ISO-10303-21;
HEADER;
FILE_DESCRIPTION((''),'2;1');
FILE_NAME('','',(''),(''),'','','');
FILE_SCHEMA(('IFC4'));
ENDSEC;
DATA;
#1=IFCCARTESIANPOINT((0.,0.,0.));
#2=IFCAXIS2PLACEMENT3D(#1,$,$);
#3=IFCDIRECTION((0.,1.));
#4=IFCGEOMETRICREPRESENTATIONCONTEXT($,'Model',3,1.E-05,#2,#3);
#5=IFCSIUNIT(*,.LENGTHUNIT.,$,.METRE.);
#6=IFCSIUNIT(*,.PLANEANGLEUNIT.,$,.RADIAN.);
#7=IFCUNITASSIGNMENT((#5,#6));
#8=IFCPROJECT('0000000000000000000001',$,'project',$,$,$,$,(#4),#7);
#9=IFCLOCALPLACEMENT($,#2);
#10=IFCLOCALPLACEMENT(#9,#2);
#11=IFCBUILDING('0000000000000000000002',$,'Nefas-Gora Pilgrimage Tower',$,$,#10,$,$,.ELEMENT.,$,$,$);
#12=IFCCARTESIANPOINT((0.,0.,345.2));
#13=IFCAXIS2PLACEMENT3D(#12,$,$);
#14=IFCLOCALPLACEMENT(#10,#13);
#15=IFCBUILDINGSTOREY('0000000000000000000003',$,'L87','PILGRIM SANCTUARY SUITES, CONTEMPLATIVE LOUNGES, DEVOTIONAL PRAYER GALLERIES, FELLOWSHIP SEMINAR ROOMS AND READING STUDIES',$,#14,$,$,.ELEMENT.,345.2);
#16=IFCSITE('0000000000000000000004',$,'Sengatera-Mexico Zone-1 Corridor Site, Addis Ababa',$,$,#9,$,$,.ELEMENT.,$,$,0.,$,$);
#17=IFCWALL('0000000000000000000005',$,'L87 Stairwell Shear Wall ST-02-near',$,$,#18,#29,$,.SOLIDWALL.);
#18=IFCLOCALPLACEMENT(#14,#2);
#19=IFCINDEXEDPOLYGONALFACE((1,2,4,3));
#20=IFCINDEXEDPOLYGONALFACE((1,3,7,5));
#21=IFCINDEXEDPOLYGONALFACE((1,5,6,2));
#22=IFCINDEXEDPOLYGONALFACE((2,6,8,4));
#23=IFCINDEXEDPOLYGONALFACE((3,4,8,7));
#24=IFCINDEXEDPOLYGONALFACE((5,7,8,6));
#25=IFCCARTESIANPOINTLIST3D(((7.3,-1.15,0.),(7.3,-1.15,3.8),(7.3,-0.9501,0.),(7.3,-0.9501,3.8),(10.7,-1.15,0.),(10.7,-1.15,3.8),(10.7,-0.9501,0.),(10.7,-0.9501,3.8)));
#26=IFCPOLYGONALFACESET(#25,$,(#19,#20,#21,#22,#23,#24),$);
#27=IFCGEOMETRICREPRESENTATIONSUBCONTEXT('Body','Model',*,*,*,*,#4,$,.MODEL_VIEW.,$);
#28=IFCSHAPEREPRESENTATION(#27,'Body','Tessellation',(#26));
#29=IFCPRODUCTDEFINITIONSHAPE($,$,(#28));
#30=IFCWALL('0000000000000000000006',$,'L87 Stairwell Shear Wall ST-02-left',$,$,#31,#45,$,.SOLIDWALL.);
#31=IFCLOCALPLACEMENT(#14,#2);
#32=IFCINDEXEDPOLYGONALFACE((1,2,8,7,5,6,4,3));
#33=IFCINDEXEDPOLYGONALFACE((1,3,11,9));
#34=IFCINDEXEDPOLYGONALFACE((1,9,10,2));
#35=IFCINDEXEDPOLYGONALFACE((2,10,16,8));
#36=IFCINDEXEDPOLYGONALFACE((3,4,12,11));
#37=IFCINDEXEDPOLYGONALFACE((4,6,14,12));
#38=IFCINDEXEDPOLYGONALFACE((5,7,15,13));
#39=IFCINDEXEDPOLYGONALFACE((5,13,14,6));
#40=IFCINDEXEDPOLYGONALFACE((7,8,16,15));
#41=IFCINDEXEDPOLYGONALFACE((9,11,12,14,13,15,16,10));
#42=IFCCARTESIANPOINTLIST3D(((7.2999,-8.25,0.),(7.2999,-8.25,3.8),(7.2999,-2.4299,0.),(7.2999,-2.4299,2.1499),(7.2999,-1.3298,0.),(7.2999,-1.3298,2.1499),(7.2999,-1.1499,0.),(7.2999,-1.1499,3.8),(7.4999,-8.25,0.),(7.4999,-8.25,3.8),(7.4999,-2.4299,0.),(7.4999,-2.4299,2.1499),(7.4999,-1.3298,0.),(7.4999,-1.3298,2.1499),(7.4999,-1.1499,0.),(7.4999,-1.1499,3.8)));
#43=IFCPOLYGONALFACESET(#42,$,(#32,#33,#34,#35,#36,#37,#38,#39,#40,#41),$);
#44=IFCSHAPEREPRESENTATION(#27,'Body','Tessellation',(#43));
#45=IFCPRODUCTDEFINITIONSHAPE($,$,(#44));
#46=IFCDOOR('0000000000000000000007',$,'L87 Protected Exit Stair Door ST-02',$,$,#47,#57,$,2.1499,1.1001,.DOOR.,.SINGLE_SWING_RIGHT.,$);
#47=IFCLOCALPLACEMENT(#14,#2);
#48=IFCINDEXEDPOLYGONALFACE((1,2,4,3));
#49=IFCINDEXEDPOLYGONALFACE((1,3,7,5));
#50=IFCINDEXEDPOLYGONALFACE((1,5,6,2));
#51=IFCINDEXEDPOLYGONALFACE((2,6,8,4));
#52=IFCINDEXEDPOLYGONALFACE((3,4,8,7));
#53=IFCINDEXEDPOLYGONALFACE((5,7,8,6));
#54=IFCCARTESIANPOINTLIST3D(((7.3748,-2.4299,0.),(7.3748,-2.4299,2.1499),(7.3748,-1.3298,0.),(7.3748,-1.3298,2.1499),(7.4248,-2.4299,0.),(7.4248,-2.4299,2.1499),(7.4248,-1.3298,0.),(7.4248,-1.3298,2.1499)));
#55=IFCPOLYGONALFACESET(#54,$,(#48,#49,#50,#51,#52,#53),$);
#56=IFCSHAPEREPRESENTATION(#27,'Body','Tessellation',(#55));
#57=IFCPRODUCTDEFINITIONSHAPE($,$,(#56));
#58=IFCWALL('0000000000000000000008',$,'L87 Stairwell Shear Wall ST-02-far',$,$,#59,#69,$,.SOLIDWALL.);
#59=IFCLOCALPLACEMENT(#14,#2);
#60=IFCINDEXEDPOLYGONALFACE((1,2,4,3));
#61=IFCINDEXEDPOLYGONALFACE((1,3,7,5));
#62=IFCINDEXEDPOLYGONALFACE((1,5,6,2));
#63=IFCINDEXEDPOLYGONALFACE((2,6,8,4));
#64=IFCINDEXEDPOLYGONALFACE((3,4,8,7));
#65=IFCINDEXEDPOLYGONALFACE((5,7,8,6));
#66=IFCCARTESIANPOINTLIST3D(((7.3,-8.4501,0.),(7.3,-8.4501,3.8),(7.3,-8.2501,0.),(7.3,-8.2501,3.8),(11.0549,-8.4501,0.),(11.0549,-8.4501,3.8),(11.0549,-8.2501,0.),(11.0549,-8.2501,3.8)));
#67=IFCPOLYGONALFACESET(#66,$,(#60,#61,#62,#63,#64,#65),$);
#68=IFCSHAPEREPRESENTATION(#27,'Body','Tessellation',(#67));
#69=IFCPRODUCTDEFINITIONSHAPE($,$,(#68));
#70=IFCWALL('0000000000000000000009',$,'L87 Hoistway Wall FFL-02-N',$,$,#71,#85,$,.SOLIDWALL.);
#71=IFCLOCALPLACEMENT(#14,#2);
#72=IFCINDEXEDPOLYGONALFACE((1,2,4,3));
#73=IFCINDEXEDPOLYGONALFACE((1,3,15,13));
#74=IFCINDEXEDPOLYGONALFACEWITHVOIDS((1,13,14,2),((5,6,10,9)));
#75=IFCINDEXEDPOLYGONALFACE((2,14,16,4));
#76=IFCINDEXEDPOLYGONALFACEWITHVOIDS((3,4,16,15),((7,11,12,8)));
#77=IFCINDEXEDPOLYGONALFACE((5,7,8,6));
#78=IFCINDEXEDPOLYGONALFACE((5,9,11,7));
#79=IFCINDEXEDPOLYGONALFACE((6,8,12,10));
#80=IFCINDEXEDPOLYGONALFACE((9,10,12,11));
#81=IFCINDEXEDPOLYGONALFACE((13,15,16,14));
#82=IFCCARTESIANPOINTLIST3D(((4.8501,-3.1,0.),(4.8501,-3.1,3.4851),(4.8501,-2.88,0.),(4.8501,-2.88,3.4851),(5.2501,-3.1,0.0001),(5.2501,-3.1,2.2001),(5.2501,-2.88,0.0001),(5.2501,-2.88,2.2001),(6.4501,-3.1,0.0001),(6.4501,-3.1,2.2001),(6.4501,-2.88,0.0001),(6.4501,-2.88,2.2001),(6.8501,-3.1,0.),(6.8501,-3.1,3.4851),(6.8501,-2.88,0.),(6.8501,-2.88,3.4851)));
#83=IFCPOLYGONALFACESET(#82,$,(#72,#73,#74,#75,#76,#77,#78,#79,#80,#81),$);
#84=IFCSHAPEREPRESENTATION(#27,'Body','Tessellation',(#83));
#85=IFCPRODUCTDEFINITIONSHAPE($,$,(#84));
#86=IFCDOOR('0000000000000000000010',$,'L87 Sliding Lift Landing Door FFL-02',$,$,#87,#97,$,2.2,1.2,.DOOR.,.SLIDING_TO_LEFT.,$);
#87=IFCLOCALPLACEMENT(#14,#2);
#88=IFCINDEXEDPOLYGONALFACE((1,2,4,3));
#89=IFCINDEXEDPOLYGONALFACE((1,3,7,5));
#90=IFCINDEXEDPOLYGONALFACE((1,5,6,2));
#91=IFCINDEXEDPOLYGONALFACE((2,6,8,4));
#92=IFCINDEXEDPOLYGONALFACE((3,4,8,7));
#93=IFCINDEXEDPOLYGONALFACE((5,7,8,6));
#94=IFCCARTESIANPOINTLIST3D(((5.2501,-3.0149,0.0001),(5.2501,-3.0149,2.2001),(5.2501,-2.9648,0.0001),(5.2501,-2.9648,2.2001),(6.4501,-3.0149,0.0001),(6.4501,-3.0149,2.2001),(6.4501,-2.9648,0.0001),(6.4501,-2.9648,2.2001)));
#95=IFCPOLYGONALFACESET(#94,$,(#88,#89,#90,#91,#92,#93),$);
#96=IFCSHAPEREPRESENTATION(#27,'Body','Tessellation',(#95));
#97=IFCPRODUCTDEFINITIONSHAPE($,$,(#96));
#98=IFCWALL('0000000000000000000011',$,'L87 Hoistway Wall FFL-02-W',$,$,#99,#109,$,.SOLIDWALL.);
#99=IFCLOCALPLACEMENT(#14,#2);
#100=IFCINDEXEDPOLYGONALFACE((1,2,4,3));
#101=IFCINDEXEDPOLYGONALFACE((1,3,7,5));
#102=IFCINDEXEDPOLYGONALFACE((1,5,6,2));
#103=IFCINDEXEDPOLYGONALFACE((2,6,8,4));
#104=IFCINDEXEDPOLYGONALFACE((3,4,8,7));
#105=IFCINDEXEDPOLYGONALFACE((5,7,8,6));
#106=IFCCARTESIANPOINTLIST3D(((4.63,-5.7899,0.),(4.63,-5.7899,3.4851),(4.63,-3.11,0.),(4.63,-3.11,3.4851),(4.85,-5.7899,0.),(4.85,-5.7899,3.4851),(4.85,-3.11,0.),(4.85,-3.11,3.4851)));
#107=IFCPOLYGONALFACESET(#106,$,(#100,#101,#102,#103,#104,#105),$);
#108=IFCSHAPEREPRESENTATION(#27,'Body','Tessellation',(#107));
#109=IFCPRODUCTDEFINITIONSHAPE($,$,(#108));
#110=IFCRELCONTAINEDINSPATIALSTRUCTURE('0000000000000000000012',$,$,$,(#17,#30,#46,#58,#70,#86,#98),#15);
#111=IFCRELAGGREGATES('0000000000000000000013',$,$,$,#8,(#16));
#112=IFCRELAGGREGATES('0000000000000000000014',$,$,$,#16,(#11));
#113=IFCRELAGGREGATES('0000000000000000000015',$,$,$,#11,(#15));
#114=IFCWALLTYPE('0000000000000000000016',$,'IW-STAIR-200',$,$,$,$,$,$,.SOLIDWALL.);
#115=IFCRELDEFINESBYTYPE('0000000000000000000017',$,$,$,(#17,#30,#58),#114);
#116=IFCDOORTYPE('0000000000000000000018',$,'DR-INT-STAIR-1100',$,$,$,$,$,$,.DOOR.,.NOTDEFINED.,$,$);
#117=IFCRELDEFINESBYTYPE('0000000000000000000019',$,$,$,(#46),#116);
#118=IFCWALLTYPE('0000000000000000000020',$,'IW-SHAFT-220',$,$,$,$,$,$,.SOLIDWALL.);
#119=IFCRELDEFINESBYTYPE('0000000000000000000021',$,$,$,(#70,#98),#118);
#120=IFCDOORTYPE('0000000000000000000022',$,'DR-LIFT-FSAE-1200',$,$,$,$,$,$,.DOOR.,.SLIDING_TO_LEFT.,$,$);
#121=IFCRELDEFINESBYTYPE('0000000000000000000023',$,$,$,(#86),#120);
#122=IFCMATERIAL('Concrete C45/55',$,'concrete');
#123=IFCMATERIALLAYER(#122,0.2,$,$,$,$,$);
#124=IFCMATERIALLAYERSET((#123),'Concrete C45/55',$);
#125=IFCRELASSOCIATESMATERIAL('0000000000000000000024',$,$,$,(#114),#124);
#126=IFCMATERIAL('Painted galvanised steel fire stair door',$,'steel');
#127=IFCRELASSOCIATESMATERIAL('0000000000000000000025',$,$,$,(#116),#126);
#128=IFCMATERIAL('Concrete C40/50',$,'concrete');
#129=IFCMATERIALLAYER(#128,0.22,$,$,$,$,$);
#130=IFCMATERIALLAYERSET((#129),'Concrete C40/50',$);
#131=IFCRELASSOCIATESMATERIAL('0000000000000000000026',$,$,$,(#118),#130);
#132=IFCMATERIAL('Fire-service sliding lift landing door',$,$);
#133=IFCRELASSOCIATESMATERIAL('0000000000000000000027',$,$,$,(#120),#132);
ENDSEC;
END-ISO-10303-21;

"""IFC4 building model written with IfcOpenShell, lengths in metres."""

from ifc_helpers import new_model, si_unit, direction, frame, frame_2d, origin, place, context, subcontext, project, spatial, rectangle, extrude, source, transform, mapped, material, layer, layer_set, type_object, element, fill, save


model = new_model("IFC4")

# Units and contexts
model_context = context("Model", 3, precision=1e-05, world=origin(), true_north=direction((0.0, 1.0)))
body_context = subcontext(model_context, "Body", "Model", "MODEL_VIEW")
ifc_project = project(units=[si_unit("LENGTHUNIT", "METRE"), si_unit("PLANEANGLEUNIT", "RADIAN")], contexts=[model_context])

# Site, building, storey
site_placement = place(None, origin())
site = spatial("IfcSite", under=ifc_project, at=site_placement, Name="Sengatera-Mexico Zone-1 Corridor Site, Addis Ababa", CompositionType="ELEMENT", RefElevation=0.0)
building_placement = place(site_placement, origin())
building = spatial("IfcBuilding", under=site, at=building_placement, Name="Nefas-Gora Pilgrimage Tower", CompositionType="ELEMENT")
storey_placement = place(building_placement, frame((0.0, 0.0, 345.2)))
storey = spatial("IfcBuildingStorey", under=building, at=storey_placement, Name="L87", Description="PILGRIM SANCTUARY SUITES, CONTEMPLATIVE LOUNGES, DEVOTIONAL PRAYER GALLERIES, FELLOWSHIP SEMINAR ROOMS AND READING STUDIES", CompositionType="ELEMENT", Elevation=345.2)

# Wall
ifc_material_1 = material(Name="Concrete C45/55", Category="concrete")
ifc_layer_1 = layer(ifc_material_1, 0.2)
ifc_layer_set_1 = layer_set([ifc_layer_1], Name="Concrete C45/55")
wall_type_1 = type_object("IfcWallType", Name="IW-STAIR-200", PredefinedType="SOLIDWALL", material=ifc_layer_set_1)
shared_shape_1 = source(origin(), body_context, "Body", "SweptSolid", [
    extrude(rectangle(XDim=3.3999, YDim=0.2, at=frame_2d((1.7, 0.0))), origin(), (0.0, 0.0, 1.0), 3.8),
])
wall_1_placement = place(storey_placement, frame((7.3, -1.05, 0.0), z_axis=(0.0, 0.0, 1.0), x_axis=(1.0, 0.0, 0.0)))
element("IfcWall", 1, at=wall_1_placement, inside=storey, type_object=wall_type_1, Name="L87 Stairwell Shear Wall ST-02-near", PredefinedType="SOLIDWALL", context=body_context, shape_type="MappedRepresentation", body=[
    mapped(shared_shape_1, transform((0.0, 0.0, 0.0), x_axis=(1.0, 0.0, 0.0), y_axis=(0.0, 1.0, 0.0), z_axis=(0.0, 0.0, 1.0), scale=1.0)),
])

# Wall, opening, door
shared_shape_2 = source(origin(), body_context, "Body", "SweptSolid", [
    extrude(rectangle(XDim=7.1001, YDim=0.2, at=frame_2d((3.55, 0.0))), origin(), (0.0, 0.0, 1.0), 3.8),
])
wall_2_placement = place(storey_placement, frame((7.3999, -1.1499, 0.0), z_axis=(0.0, 0.0, 1.0), x_axis=(0.0, -1.0, 0.0)))
wall_2 = element("IfcWall", 2, at=wall_2_placement, inside=storey, type_object=wall_type_1, Name="L87 Stairwell Shear Wall ST-02-left", PredefinedType="SOLIDWALL", context=body_context, shape_type="MappedRepresentation", body=[
    mapped(shared_shape_2, transform((0.0, 0.0, 0.0), x_axis=(1.0, 0.0, 0.0), y_axis=(0.0, 1.0, 0.0), z_axis=(0.0, 0.0, 1.0), scale=1.0)),
])
opening_1_placement = place(wall_2_placement, frame((0.1799, 0.0, 0.0)))
opening_1 = element("IfcOpeningElement", 3, at=opening_1_placement, cuts=wall_2, PredefinedType="OPENING", context=body_context, shape_type="SweptSolid", body=[
    extrude(rectangle(XDim=1.1001, YDim=2.1499, at=frame_2d((0.55, 1.075))), frame((0.0, 0.1099, 0.0), z_axis=(0.0, -1.0, 0.0), x_axis=(1.0, 0.0, 0.0)), (0.0, 0.0, 1.0), 0.22),
])
ifc_material_2 = material(Name="Painted galvanised steel fire stair door", Category="steel")
door_type_1 = type_object("IfcDoorType", Name="DR-INT-STAIR-1100", OperationType="NOTDEFINED", PredefinedType="DOOR", material=ifc_material_2)
shared_shape_3 = source(origin(), body_context, "Body", "SweptSolid", [
    extrude(rectangle(XDim=1.1001, YDim=2.1499, at=frame_2d((0.55, 1.075))), frame((0.0, 0.0249, 0.0), z_axis=(0.0, -1.0, 0.0), x_axis=(1.0, 0.0, 0.0)), (0.0, 0.0, 1.0), 0.05),
])
door_1_placement = place(opening_1_placement, origin())
door_1 = element("IfcDoor", 4, at=door_1_placement, inside=storey, type_object=door_type_1, Name="L87 Protected Exit Stair Door ST-02", OperationType="SINGLE_SWING_RIGHT", OverallHeight=2.1499, OverallWidth=1.1001, PredefinedType="DOOR", context=body_context, shape_type="MappedRepresentation", body=[
    mapped(shared_shape_3, transform((0.0, 0.0, 0.0), x_axis=(1.0, 0.0, 0.0), y_axis=(0.0, 1.0, 0.0), z_axis=(0.0, 0.0, 1.0), scale=1.0)),
])
fill(opening_1, door_1)

# Wall
shared_shape_4 = source(origin(), body_context, "Body", "SweptSolid", [
    extrude(rectangle(XDim=3.7549, YDim=0.2, at=frame_2d((1.8774, 0.0))), origin(), (0.0, 0.0, 1.0), 3.8),
])
wall_3_placement = place(storey_placement, frame((7.3, -8.3501, 0.0), z_axis=(0.0, 0.0, 1.0), x_axis=(1.0, 0.0, 0.0)))
element("IfcWall", 5, at=wall_3_placement, inside=storey, type_object=wall_type_1, Name="L87 Stairwell Shear Wall ST-02-far", PredefinedType="SOLIDWALL", context=body_context, shape_type="MappedRepresentation", body=[
    mapped(shared_shape_4, transform((0.0, 0.0, 0.0), x_axis=(1.0, 0.0, 0.0), y_axis=(0.0, 1.0, 0.0), z_axis=(0.0, 0.0, 1.0), scale=1.0)),
])

# Wall, opening, door
ifc_material_3 = material(Name="Concrete C40/50", Category="concrete")
ifc_layer_2 = layer(ifc_material_3, 0.22)
ifc_layer_set_2 = layer_set([ifc_layer_2], Name="Concrete C40/50")
wall_type_2 = type_object("IfcWallType", Name="IW-SHAFT-220", PredefinedType="SOLIDWALL", material=ifc_layer_set_2)
shared_shape_5 = source(origin(), body_context, "Body", "SweptSolid", [
    extrude(rectangle(XDim=2.0, YDim=0.22, at=frame_2d((1.0, 0.0))), origin(), (0.0, 0.0, 1.0), 3.4851),
])
wall_4_placement = place(storey_placement, frame((6.8501, -2.99, 0.0), z_axis=(0.0, 0.0, 1.0), x_axis=(-1.0, 0.0, 0.0)))
wall_4 = element("IfcWall", 6, at=wall_4_placement, inside=storey, type_object=wall_type_2, Name="L87 Hoistway Wall FFL-02-N", PredefinedType="SOLIDWALL", context=body_context, shape_type="MappedRepresentation", body=[
    mapped(shared_shape_5, transform((0.0, 0.0, 0.0), x_axis=(1.0, 0.0, 0.0), y_axis=(0.0, 1.0, 0.0), z_axis=(0.0, 0.0, 1.0), scale=1.0)),
])
opening_2_placement = place(wall_4_placement, frame((0.3999, 0.0, 0.0)))
opening_2 = element("IfcOpeningElement", 7, at=opening_2_placement, cuts=wall_4, PredefinedType="OPENING", context=body_context, shape_type="SweptSolid", body=[
    extrude(rectangle(XDim=1.2, YDim=2.2, at=frame_2d((0.6001, 1.1001))), frame((0.0, 0.1199, 0.0), z_axis=(0.0, -1.0, 0.0), x_axis=(1.0, 0.0, 0.0)), (0.0, 0.0, 1.0), 0.24),
])
ifc_material_4 = material(Name="Fire-service sliding lift landing door")
door_type_2 = type_object("IfcDoorType", Name="DR-LIFT-FSAE-1200", OperationType="SLIDING_TO_LEFT", PredefinedType="DOOR", material=ifc_material_4)
shared_shape_6 = source(origin(), body_context, "Body", "SweptSolid", [
    extrude(rectangle(XDim=1.2, YDim=2.2, at=frame_2d((0.6001, 1.1001))), frame((0.0, 0.0249, 0.0), z_axis=(0.0, -1.0, 0.0), x_axis=(1.0, 0.0, 0.0)), (0.0, 0.0, 1.0), 0.05),
])
door_2_placement = place(opening_2_placement, origin())
door_2 = element("IfcDoor", 8, at=door_2_placement, inside=storey, type_object=door_type_2, Name="L87 Sliding Lift Landing Door FFL-02", OperationType="SLIDING_TO_LEFT", OverallHeight=2.2, OverallWidth=1.2, PredefinedType="DOOR", context=body_context, shape_type="MappedRepresentation", body=[
    mapped(shared_shape_6, transform((0.0, 0.0, 0.0), x_axis=(1.0, 0.0, 0.0), y_axis=(0.0, 1.0, 0.0), z_axis=(0.0, 0.0, 1.0), scale=1.0)),
])
fill(opening_2, door_2)

# Wall
shared_shape_7 = source(origin(), body_context, "Body", "SweptSolid", [
    extrude(rectangle(XDim=2.6799, YDim=0.22, at=frame_2d((1.3398, 0.0))), origin(), (0.0, 0.0, 1.0), 3.4851),
])
wall_5_placement = place(storey_placement, frame((4.74, -3.1101, 0.0), z_axis=(0.0, 0.0, 1.0), x_axis=(0.0, -1.0, 0.0)))
element("IfcWall", 9, at=wall_5_placement, inside=storey, type_object=wall_type_2, Name="L87 Hoistway Wall FFL-02-W", PredefinedType="SOLIDWALL", context=body_context, shape_type="MappedRepresentation", body=[
    mapped(shared_shape_7, transform((0.0, 0.0, 0.0), x_axis=(1.0, 0.0, 0.0), y_axis=(0.0, 1.0, 0.0), z_axis=(0.0, 0.0, 1.0), scale=1.0)),
])

save(model, "model.ifc")
